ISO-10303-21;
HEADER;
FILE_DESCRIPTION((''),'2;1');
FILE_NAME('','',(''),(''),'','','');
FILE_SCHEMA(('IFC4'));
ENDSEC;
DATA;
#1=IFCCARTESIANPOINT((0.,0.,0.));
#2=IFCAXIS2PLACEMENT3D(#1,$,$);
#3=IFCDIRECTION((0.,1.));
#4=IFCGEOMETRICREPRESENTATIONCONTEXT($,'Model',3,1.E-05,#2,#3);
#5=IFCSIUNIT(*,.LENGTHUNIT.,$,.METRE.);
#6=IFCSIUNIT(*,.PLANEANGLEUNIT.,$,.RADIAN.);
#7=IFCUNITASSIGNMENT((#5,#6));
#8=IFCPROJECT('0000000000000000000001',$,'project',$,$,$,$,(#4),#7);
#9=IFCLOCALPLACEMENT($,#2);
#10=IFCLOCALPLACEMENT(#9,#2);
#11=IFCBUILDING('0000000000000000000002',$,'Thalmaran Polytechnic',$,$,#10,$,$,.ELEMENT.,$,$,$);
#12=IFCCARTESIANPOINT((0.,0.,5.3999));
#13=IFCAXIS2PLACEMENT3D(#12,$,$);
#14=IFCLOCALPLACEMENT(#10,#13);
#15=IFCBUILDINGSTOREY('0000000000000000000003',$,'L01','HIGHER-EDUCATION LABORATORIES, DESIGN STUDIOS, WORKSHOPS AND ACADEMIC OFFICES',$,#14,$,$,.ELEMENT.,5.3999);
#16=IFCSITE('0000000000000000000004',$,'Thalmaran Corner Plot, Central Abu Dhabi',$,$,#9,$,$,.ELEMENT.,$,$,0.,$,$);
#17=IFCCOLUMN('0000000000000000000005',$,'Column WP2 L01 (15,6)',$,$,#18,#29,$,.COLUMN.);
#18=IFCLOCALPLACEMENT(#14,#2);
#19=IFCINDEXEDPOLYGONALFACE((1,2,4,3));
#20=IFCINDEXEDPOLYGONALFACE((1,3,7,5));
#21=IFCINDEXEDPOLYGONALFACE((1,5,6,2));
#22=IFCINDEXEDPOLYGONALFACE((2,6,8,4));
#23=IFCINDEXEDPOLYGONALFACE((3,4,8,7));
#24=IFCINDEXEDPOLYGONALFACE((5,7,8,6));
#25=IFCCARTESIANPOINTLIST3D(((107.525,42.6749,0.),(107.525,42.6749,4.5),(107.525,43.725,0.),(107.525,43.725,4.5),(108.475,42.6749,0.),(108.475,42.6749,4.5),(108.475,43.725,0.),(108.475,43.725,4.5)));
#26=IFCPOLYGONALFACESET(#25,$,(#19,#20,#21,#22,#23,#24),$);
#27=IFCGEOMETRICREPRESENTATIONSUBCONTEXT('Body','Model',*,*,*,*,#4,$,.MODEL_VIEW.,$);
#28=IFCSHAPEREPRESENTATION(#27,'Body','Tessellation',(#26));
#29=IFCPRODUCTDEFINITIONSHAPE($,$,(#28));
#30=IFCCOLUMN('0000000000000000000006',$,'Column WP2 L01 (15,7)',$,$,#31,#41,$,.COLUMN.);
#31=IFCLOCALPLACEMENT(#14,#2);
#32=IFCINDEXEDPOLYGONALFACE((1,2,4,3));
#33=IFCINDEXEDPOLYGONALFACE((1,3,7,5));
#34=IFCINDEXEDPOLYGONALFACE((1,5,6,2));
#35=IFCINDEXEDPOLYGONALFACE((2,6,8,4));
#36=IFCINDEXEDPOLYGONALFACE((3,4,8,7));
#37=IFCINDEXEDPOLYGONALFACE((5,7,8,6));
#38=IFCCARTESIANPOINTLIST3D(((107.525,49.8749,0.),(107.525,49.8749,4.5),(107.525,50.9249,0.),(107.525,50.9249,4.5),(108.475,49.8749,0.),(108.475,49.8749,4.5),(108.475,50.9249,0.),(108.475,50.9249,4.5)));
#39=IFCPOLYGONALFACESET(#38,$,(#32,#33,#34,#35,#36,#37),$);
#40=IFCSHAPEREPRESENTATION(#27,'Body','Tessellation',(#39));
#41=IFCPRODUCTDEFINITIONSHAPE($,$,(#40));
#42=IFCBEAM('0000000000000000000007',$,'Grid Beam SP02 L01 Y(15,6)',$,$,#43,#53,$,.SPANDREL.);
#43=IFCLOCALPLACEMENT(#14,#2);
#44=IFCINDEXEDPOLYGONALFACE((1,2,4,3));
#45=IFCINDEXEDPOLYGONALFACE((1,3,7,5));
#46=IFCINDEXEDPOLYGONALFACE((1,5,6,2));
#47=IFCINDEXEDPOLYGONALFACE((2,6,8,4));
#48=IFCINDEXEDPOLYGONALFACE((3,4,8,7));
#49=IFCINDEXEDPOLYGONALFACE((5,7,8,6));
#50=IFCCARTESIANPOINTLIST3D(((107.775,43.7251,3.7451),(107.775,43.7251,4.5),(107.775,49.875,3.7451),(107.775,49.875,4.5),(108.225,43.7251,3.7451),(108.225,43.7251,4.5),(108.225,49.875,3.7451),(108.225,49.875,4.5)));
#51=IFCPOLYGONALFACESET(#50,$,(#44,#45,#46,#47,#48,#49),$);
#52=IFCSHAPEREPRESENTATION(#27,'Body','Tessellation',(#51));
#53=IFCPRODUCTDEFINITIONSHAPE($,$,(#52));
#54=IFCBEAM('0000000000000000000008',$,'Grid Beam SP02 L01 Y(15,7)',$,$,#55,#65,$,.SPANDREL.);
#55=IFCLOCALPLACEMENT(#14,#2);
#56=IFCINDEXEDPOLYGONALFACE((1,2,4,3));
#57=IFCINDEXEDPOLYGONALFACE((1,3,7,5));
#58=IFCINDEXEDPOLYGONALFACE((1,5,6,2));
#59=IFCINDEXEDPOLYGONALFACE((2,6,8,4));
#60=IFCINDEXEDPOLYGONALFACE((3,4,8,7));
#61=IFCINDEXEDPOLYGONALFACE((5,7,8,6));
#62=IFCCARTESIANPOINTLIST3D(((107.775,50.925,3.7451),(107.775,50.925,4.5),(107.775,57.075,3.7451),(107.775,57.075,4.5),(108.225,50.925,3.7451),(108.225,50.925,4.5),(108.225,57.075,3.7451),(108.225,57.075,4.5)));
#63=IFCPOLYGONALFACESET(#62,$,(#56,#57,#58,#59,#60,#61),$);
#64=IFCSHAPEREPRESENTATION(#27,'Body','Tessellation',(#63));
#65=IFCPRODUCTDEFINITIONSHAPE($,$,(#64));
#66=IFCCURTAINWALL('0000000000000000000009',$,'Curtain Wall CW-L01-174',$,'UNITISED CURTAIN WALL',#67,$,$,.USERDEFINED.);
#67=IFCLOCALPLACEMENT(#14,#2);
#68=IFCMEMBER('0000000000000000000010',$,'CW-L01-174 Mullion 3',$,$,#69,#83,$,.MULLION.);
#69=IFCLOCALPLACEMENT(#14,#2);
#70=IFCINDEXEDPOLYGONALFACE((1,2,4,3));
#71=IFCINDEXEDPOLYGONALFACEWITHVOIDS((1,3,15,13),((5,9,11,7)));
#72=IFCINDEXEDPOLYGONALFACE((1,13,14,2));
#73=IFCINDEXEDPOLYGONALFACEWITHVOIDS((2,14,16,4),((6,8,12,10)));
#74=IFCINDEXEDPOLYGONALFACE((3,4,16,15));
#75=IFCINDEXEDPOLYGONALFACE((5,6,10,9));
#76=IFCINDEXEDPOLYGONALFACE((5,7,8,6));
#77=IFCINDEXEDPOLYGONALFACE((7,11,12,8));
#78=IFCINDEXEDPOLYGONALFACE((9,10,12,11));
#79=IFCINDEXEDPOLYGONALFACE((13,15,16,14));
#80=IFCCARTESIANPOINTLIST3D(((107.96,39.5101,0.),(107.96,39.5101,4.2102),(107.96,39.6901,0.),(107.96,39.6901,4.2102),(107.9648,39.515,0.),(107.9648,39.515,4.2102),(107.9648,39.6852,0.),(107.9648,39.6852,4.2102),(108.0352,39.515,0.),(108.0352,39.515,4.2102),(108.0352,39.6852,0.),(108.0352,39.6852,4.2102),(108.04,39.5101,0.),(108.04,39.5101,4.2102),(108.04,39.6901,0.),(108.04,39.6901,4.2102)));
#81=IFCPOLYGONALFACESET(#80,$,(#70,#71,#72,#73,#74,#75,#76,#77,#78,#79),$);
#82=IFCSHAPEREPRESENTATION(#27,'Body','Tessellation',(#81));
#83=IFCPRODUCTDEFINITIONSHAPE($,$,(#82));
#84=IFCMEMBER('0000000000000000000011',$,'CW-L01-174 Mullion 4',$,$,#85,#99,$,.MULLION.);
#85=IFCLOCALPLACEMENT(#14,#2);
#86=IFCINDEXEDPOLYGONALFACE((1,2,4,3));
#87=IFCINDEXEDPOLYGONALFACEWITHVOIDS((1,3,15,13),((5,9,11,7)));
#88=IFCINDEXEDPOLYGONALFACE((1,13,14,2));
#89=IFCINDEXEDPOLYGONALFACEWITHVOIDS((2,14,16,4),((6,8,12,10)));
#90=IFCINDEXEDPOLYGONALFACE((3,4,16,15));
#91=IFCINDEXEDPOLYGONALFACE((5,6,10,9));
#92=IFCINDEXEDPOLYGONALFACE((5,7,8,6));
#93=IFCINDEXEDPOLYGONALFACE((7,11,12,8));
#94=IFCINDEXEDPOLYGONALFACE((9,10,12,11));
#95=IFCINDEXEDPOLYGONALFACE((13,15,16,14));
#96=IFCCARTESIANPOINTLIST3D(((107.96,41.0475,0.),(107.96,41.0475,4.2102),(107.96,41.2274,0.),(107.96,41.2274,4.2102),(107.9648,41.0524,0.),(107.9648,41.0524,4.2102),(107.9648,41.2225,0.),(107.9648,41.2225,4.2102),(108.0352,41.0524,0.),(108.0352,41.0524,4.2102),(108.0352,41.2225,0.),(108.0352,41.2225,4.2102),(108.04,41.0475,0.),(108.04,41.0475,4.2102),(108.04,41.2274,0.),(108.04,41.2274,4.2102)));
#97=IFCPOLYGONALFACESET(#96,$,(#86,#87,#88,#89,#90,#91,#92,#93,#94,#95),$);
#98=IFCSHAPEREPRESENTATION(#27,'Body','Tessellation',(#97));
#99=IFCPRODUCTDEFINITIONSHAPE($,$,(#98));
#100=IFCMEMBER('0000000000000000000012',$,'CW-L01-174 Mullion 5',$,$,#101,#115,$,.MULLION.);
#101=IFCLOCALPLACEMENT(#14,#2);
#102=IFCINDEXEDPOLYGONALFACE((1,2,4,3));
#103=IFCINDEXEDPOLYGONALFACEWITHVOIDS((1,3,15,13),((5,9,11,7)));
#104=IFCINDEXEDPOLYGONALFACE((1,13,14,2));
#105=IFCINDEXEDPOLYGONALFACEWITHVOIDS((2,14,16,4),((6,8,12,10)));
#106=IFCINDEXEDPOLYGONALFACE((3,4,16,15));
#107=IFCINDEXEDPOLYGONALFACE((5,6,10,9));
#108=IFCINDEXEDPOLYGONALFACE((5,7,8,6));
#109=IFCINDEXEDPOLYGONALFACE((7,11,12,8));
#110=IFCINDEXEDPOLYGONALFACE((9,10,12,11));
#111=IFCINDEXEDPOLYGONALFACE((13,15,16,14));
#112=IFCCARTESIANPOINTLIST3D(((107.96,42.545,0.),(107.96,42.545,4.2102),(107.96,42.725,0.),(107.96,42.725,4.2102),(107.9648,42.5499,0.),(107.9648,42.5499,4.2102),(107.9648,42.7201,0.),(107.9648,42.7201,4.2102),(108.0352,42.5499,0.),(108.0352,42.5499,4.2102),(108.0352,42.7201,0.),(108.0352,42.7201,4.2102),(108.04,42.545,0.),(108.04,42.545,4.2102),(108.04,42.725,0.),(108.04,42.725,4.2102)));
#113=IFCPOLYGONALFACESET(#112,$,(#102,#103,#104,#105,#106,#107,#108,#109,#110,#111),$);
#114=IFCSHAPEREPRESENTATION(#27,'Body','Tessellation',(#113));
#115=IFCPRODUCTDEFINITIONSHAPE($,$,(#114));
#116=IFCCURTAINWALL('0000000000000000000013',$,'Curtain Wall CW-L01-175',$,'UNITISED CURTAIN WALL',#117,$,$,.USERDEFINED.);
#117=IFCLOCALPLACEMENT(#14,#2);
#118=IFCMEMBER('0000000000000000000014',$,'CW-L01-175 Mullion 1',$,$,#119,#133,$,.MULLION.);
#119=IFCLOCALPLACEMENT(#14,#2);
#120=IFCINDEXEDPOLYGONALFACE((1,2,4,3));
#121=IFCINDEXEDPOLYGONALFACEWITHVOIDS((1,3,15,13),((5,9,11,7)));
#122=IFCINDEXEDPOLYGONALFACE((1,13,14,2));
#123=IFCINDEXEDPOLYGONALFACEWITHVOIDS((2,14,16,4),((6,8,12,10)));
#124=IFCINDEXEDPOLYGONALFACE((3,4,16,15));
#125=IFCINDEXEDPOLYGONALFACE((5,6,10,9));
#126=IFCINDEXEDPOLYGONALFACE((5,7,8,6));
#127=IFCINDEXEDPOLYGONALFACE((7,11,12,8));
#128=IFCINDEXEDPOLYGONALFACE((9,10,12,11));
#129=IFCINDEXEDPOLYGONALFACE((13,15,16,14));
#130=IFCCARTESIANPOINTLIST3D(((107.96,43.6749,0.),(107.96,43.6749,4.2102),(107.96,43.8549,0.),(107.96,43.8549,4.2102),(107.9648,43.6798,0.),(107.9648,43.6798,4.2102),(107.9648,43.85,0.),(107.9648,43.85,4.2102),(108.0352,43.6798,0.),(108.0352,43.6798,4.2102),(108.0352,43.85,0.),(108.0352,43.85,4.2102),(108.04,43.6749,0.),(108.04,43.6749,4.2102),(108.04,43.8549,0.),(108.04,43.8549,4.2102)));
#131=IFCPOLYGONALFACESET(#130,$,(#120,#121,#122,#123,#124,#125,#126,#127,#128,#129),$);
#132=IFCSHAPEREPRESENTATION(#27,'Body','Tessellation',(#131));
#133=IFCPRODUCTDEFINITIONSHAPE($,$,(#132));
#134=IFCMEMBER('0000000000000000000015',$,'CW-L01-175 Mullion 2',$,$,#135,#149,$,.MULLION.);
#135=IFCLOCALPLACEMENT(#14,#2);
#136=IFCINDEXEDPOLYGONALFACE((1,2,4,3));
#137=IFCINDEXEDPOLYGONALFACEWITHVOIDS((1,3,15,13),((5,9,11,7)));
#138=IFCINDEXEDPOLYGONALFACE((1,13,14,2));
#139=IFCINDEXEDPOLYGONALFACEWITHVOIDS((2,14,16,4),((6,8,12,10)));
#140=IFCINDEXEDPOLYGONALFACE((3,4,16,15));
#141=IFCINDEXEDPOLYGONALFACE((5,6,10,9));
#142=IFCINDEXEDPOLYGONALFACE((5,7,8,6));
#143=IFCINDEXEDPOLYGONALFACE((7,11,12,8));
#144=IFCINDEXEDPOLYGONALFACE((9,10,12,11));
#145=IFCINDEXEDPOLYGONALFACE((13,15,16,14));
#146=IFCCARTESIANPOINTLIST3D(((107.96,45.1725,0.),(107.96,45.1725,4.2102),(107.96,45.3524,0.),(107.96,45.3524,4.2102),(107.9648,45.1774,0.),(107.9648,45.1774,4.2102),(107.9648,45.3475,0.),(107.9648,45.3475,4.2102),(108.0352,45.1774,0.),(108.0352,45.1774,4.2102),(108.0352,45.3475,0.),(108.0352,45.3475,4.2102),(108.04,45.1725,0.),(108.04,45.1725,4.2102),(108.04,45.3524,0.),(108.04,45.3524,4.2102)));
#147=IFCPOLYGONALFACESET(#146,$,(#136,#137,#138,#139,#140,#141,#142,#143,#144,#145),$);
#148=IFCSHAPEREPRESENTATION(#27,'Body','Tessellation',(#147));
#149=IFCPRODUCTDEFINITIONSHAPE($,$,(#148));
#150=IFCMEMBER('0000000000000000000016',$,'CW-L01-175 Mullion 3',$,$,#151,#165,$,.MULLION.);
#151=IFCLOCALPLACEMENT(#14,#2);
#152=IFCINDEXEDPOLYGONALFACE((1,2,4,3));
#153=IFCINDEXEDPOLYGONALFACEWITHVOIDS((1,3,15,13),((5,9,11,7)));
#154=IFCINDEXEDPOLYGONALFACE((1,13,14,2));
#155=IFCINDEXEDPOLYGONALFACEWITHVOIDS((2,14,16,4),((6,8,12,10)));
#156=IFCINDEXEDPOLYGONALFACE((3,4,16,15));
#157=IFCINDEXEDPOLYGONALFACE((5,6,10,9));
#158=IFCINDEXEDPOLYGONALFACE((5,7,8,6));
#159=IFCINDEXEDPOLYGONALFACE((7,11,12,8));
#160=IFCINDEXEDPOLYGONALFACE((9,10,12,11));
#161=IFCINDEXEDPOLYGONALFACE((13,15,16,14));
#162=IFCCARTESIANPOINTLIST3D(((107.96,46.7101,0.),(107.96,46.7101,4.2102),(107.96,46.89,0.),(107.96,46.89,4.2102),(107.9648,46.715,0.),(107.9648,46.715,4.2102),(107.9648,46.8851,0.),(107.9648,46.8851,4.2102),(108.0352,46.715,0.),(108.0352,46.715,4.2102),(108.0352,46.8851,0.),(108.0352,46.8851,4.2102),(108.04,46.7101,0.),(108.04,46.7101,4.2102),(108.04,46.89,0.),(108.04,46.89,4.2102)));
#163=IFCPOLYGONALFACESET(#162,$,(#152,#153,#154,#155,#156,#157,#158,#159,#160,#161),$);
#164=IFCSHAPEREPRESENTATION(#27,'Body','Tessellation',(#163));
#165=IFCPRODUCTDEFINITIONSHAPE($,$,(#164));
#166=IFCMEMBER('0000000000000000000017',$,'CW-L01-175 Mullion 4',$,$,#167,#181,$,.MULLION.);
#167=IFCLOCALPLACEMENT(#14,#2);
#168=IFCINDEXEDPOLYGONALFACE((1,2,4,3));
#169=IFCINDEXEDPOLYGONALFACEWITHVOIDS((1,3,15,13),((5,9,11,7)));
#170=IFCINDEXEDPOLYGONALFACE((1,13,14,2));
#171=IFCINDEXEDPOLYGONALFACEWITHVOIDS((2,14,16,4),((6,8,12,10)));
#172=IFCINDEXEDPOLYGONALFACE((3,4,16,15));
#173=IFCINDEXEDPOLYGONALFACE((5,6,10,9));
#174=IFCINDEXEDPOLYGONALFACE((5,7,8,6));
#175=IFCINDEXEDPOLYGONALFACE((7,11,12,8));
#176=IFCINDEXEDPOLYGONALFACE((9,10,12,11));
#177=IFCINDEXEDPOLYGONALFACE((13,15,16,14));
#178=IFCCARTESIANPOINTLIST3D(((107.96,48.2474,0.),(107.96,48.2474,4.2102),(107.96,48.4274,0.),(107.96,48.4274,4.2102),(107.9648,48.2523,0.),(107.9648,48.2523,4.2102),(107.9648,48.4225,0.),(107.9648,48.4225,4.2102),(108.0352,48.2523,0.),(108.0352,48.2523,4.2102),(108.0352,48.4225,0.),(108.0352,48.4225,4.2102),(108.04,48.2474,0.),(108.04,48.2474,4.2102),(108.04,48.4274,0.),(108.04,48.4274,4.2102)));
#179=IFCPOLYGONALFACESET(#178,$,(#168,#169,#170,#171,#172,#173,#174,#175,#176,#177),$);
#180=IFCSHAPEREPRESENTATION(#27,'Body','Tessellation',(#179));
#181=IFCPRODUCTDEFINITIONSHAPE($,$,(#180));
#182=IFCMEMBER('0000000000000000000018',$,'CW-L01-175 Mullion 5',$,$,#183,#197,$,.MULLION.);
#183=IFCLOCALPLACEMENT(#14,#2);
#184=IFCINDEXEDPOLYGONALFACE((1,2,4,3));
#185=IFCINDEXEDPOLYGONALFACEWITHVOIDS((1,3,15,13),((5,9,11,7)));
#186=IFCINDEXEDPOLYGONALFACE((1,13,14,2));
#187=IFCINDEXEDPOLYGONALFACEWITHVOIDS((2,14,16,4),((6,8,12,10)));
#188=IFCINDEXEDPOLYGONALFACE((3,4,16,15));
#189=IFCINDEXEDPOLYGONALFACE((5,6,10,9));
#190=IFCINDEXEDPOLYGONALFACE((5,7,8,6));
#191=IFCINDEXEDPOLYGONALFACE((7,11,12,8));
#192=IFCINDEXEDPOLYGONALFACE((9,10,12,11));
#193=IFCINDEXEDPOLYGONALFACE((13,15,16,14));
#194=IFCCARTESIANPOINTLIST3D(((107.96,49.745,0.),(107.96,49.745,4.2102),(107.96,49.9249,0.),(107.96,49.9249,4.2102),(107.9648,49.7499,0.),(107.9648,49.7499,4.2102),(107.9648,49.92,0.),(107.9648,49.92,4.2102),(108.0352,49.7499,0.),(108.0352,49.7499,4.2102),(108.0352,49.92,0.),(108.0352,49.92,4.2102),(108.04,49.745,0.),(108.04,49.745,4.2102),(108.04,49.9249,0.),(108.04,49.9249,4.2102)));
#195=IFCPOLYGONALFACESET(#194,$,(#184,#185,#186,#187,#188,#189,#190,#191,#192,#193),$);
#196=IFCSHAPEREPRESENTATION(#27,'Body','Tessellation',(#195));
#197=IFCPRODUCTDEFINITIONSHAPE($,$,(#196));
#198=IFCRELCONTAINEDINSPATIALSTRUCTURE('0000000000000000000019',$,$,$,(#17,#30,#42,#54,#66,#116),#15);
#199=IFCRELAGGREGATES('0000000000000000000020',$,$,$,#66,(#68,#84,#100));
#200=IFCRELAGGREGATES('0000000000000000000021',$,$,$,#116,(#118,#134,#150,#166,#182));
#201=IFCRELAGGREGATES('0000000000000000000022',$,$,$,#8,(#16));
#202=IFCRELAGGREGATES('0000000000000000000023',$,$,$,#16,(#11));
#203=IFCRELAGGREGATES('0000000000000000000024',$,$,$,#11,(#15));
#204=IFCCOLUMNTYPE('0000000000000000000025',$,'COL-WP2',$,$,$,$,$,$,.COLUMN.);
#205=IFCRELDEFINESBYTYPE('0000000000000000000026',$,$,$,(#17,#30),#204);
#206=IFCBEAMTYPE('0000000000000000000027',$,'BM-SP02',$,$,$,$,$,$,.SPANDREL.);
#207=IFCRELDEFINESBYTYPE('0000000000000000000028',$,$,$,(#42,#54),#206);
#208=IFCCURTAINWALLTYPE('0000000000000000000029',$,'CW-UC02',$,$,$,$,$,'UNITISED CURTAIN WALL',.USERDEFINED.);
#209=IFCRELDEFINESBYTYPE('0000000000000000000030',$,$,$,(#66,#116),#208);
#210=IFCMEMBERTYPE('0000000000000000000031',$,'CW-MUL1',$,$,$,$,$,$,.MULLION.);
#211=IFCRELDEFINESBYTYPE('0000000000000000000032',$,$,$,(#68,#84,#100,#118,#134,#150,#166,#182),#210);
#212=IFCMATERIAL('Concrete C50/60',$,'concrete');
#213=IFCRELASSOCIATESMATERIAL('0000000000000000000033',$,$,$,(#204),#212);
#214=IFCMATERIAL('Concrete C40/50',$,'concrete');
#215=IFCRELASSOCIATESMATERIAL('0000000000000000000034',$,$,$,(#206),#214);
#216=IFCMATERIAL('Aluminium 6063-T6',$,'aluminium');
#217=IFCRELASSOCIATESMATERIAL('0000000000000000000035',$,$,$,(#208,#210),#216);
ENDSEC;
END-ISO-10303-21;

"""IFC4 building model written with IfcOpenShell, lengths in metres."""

from ifc_helpers import new_model, si_unit, direction, frame, origin, origin_2d, place, context, subcontext, project, spatial, rectangle, hollow_rectangle, extrude, material, material_profile, profile_set, type_object, element, aggregate, save


model = new_model("IFC4")

# Units and contexts
model_context = context("Model", 3, precision=1e-05, world=origin(), true_north=direction((0.0, 1.0)))
body_context = subcontext(model_context, "Body", "Model", "MODEL_VIEW")
ifc_project = project(units=[si_unit("LENGTHUNIT", "METRE"), si_unit("PLANEANGLEUNIT", "RADIAN")], contexts=[model_context])

# Site, building, storey
site_placement = place(None, origin())
site = spatial("IfcSite", under=ifc_project, at=site_placement, Name="Thalmaran Corner Plot, Central Abu Dhabi", CompositionType="ELEMENT", RefElevation=0.0)
building_placement = place(site_placement, origin())
building = spatial("IfcBuilding", under=site, at=building_placement, Name="Thalmaran Polytechnic", CompositionType="ELEMENT")
storey_placement = place(building_placement, frame((0.0, 0.0, 5.3999)))
storey = spatial("IfcBuildingStorey", under=building, at=storey_placement, Name="L01", Description="HIGHER-EDUCATION LABORATORIES, DESIGN STUDIOS, WORKSHOPS AND ACADEMIC OFFICES", CompositionType="ELEMENT", Elevation=5.3999)

# Columns
ifc_material_1 = material(Name="Concrete C50/60", Category="concrete")
ifc_material_profile_1 = material_profile(ifc_material_1, rectangle(XDim=0.95, YDim=1.05, at=origin_2d()), Name="RC 950x1050")
ifc_profile_set_1 = profile_set([ifc_material_profile_1], Name="Concrete C50/60")
column_type = type_object("IfcColumnType", Name="COL-WP2", PredefinedType="COLUMN", material=ifc_profile_set_1)
for number, where, z_axis, x_axis, name in (
    (1, (108.0, 43.2, 0.0), (0.0, 0.0, 1.0), (1.0, 0.0, 0.0), "Column WP2 L01 (15,6)"),
    (2, (108.0, 50.3999, 0.0), (0.0, 0.0, 1.0), (1.0, 0.0, 0.0), "Column WP2 L01 (15,7)"),
):
    element("IfcColumn", number, at=place(storey_placement, frame(where, z_axis=z_axis, x_axis=x_axis)), inside=storey, type_object=column_type, Name=name, PredefinedType="COLUMN", context=body_context, shape_type="SweptSolid", body=[
        extrude(rectangle(XDim=0.95, YDim=1.05, at=origin_2d()), origin(), (0.0, 0.0, 1.0), 4.5),
    ])

# Beams
ifc_material_2 = material(Name="Concrete C40/50", Category="concrete")
ifc_material_profile_2 = material_profile(ifc_material_2, rectangle(XDim=0.45, YDim=0.7549, at=origin_2d()), Name="RC 450x755")
ifc_profile_set_2 = profile_set([ifc_material_profile_2], Name="Concrete C40/50")
beam_type = type_object("IfcBeamType", Name="BM-SP02", PredefinedType="SPANDREL", material=ifc_profile_set_2)
for number, where, z_axis, x_axis, name in (
    (3, (108.0, 43.7251, 4.1226), (0.0, 1.0, 0.0), (-1.0, 0.0, 0.0), "Grid Beam SP02 L01 Y(15,6)"),
    (4, (108.0, 50.925, 4.1226), (0.0, 1.0, 0.0), (-1.0, 0.0, 0.0), "Grid Beam SP02 L01 Y(15,7)"),
):
    element("IfcBeam", number, at=place(storey_placement, frame(where, z_axis=z_axis, x_axis=x_axis)), inside=storey, type_object=beam_type, Name=name, PredefinedType="SPANDREL", context=body_context, shape_type="SweptSolid", body=[
        extrude(rectangle(XDim=0.45, YDim=0.7549, at=origin_2d()), origin(), (0.0, 0.0, 1.0), 6.1499),
    ])

# Curtain walls, members
ifc_material_3 = material(Name="Aluminium 6063-T6", Category="aluminium")
curtain_wall_type = type_object("IfcCurtainWallType", Name="CW-UC02", ElementType="UNITISED CURTAIN WALL", PredefinedType="USERDEFINED", material=ifc_material_3)
curtain_wall_1_placement = place(storey_placement, origin())
curtain_wall_1 = element("IfcCurtainWall", 5, at=curtain_wall_1_placement, inside=storey, type_object=curtain_wall_type, Name="Curtain Wall CW-L01-174", ObjectType="UNITISED CURTAIN WALL", PredefinedType="USERDEFINED")
ifc_material_profile_3 = material_profile(ifc_material_3, hollow_rectangle(XDim=0.0801, YDim=0.1799, WallThickness=0.0049, at=origin_2d()), Name="RHS 180x80x5.0")
ifc_profile_set_3 = profile_set([ifc_material_profile_3], Name="Aluminium 6063-T6")
member_type_1 = type_object("IfcMemberType", Name="CW-MUL1", PredefinedType="MULLION", material=ifc_profile_set_3)
member_1_placement = place(storey_placement, frame((108.0, 39.6001, 0.0), z_axis=(0.0, 0.0, 1.0), x_axis=(1.0, 0.0, 0.0)))
member_1 = element("IfcMember", 6, at=member_1_placement, type_object=member_type_1, Name="CW-L01-174 Mullion 3", PredefinedType="MULLION", context=body_context, shape_type="SweptSolid", body=[
    extrude(hollow_rectangle(XDim=0.0801, YDim=0.1799, WallThickness=0.0049, at=origin_2d()), origin(), (0.0, 0.0, 1.0), 4.2102),
])
member_2_placement = place(storey_placement, frame((108.0, 41.1375, 0.0), z_axis=(0.0, 0.0, 1.0), x_axis=(1.0, 0.0, 0.0)))
member_2 = element("IfcMember", 7, at=member_2_placement, type_object=member_type_1, Name="CW-L01-174 Mullion 4", PredefinedType="MULLION", context=body_context, shape_type="SweptSolid", body=[
    extrude(hollow_rectangle(XDim=0.0801, YDim=0.1799, WallThickness=0.0049, at=origin_2d()), origin(), (0.0, 0.0, 1.0), 4.2102),
])
member_3_placement = place(storey_placement, frame((108.0, 42.635, 0.0), z_axis=(0.0, 0.0, 1.0), x_axis=(1.0, 0.0, 0.0)))
member_3 = element("IfcMember", 8, at=member_3_placement, type_object=member_type_1, Name="CW-L01-174 Mullion 5", PredefinedType="MULLION", context=body_context, shape_type="SweptSolid", body=[
    extrude(hollow_rectangle(XDim=0.0801, YDim=0.1799, WallThickness=0.0049, at=origin_2d()), origin(), (0.0, 0.0, 1.0), 4.2102),
])
curtain_wall_2_placement = place(storey_placement, origin())
curtain_wall_2 = element("IfcCurtainWall", 9, at=curtain_wall_2_placement, inside=storey, type_object=curtain_wall_type, Name="Curtain Wall CW-L01-175", ObjectType="UNITISED CURTAIN WALL", PredefinedType="USERDEFINED")
member_4_placement = place(storey_placement, frame((108.0, 43.7649, 0.0), z_axis=(0.0, 0.0, 1.0), x_axis=(1.0, 0.0, 0.0)))
member_4 = element("IfcMember", 10, at=member_4_placement, type_object=member_type_1, Name="CW-L01-175 Mullion 1", PredefinedType="MULLION", context=body_context, shape_type="SweptSolid", body=[
    extrude(hollow_rectangle(XDim=0.0801, YDim=0.1799, WallThickness=0.0049, at=origin_2d()), origin(), (0.0, 0.0, 1.0), 4.2102),
])
member_5_placement = place(storey_placement, frame((108.0, 45.2625, 0.0), z_axis=(0.0, 0.0, 1.0), x_axis=(1.0, 0.0, 0.0)))
member_5 = element("IfcMember", 11, at=member_5_placement, type_object=member_type_1, Name="CW-L01-175 Mullion 2", PredefinedType="MULLION", context=body_context, shape_type="SweptSolid", body=[
    extrude(hollow_rectangle(XDim=0.0801, YDim=0.1799, WallThickness=0.0049, at=origin_2d()), origin(), (0.0, 0.0, 1.0), 4.2102),
])
member_6_placement = place(storey_placement, frame((108.0, 46.8, 0.0), z_axis=(0.0, 0.0, 1.0), x_axis=(1.0, 0.0, 0.0)))
member_6 = element("IfcMember", 12, at=member_6_placement, type_object=member_type_1, Name="CW-L01-175 Mullion 3", PredefinedType="MULLION", context=body_context, shape_type="SweptSolid", body=[
    extrude(hollow_rectangle(XDim=0.0801, YDim=0.1799, WallThickness=0.0049, at=origin_2d()), origin(), (0.0, 0.0, 1.0), 4.2102),
])
member_7_placement = place(storey_placement, frame((108.0, 48.3374, 0.0), z_axis=(0.0, 0.0, 1.0), x_axis=(1.0, 0.0, 0.0)))
member_7 = element("IfcMember", 13, at=member_7_placement, type_object=member_type_1, Name="CW-L01-175 Mullion 4", PredefinedType="MULLION", context=body_context, shape_type="SweptSolid", body=[
    extrude(hollow_rectangle(XDim=0.0801, YDim=0.1799, WallThickness=0.0049, at=origin_2d()), origin(), (0.0, 0.0, 1.0), 4.2102),
])
member_8_placement = place(storey_placement, frame((108.0, 49.835, 0.0), z_axis=(0.0, 0.0, 1.0), x_axis=(1.0, 0.0, 0.0)))
member_8 = element("IfcMember", 14, at=member_8_placement, type_object=member_type_1, Name="CW-L01-175 Mullion 5", PredefinedType="MULLION", context=body_context, shape_type="SweptSolid", body=[
    extrude(hollow_rectangle(XDim=0.0801, YDim=0.1799, WallThickness=0.0049, at=origin_2d()), origin(), (0.0, 0.0, 1.0), 4.2102),
])

aggregate(curtain_wall_1, [member_1, member_2, member_3])
aggregate(curtain_wall_2, [member_4, member_5, member_6, member_7, member_8])

save(model, "model.ifc")
